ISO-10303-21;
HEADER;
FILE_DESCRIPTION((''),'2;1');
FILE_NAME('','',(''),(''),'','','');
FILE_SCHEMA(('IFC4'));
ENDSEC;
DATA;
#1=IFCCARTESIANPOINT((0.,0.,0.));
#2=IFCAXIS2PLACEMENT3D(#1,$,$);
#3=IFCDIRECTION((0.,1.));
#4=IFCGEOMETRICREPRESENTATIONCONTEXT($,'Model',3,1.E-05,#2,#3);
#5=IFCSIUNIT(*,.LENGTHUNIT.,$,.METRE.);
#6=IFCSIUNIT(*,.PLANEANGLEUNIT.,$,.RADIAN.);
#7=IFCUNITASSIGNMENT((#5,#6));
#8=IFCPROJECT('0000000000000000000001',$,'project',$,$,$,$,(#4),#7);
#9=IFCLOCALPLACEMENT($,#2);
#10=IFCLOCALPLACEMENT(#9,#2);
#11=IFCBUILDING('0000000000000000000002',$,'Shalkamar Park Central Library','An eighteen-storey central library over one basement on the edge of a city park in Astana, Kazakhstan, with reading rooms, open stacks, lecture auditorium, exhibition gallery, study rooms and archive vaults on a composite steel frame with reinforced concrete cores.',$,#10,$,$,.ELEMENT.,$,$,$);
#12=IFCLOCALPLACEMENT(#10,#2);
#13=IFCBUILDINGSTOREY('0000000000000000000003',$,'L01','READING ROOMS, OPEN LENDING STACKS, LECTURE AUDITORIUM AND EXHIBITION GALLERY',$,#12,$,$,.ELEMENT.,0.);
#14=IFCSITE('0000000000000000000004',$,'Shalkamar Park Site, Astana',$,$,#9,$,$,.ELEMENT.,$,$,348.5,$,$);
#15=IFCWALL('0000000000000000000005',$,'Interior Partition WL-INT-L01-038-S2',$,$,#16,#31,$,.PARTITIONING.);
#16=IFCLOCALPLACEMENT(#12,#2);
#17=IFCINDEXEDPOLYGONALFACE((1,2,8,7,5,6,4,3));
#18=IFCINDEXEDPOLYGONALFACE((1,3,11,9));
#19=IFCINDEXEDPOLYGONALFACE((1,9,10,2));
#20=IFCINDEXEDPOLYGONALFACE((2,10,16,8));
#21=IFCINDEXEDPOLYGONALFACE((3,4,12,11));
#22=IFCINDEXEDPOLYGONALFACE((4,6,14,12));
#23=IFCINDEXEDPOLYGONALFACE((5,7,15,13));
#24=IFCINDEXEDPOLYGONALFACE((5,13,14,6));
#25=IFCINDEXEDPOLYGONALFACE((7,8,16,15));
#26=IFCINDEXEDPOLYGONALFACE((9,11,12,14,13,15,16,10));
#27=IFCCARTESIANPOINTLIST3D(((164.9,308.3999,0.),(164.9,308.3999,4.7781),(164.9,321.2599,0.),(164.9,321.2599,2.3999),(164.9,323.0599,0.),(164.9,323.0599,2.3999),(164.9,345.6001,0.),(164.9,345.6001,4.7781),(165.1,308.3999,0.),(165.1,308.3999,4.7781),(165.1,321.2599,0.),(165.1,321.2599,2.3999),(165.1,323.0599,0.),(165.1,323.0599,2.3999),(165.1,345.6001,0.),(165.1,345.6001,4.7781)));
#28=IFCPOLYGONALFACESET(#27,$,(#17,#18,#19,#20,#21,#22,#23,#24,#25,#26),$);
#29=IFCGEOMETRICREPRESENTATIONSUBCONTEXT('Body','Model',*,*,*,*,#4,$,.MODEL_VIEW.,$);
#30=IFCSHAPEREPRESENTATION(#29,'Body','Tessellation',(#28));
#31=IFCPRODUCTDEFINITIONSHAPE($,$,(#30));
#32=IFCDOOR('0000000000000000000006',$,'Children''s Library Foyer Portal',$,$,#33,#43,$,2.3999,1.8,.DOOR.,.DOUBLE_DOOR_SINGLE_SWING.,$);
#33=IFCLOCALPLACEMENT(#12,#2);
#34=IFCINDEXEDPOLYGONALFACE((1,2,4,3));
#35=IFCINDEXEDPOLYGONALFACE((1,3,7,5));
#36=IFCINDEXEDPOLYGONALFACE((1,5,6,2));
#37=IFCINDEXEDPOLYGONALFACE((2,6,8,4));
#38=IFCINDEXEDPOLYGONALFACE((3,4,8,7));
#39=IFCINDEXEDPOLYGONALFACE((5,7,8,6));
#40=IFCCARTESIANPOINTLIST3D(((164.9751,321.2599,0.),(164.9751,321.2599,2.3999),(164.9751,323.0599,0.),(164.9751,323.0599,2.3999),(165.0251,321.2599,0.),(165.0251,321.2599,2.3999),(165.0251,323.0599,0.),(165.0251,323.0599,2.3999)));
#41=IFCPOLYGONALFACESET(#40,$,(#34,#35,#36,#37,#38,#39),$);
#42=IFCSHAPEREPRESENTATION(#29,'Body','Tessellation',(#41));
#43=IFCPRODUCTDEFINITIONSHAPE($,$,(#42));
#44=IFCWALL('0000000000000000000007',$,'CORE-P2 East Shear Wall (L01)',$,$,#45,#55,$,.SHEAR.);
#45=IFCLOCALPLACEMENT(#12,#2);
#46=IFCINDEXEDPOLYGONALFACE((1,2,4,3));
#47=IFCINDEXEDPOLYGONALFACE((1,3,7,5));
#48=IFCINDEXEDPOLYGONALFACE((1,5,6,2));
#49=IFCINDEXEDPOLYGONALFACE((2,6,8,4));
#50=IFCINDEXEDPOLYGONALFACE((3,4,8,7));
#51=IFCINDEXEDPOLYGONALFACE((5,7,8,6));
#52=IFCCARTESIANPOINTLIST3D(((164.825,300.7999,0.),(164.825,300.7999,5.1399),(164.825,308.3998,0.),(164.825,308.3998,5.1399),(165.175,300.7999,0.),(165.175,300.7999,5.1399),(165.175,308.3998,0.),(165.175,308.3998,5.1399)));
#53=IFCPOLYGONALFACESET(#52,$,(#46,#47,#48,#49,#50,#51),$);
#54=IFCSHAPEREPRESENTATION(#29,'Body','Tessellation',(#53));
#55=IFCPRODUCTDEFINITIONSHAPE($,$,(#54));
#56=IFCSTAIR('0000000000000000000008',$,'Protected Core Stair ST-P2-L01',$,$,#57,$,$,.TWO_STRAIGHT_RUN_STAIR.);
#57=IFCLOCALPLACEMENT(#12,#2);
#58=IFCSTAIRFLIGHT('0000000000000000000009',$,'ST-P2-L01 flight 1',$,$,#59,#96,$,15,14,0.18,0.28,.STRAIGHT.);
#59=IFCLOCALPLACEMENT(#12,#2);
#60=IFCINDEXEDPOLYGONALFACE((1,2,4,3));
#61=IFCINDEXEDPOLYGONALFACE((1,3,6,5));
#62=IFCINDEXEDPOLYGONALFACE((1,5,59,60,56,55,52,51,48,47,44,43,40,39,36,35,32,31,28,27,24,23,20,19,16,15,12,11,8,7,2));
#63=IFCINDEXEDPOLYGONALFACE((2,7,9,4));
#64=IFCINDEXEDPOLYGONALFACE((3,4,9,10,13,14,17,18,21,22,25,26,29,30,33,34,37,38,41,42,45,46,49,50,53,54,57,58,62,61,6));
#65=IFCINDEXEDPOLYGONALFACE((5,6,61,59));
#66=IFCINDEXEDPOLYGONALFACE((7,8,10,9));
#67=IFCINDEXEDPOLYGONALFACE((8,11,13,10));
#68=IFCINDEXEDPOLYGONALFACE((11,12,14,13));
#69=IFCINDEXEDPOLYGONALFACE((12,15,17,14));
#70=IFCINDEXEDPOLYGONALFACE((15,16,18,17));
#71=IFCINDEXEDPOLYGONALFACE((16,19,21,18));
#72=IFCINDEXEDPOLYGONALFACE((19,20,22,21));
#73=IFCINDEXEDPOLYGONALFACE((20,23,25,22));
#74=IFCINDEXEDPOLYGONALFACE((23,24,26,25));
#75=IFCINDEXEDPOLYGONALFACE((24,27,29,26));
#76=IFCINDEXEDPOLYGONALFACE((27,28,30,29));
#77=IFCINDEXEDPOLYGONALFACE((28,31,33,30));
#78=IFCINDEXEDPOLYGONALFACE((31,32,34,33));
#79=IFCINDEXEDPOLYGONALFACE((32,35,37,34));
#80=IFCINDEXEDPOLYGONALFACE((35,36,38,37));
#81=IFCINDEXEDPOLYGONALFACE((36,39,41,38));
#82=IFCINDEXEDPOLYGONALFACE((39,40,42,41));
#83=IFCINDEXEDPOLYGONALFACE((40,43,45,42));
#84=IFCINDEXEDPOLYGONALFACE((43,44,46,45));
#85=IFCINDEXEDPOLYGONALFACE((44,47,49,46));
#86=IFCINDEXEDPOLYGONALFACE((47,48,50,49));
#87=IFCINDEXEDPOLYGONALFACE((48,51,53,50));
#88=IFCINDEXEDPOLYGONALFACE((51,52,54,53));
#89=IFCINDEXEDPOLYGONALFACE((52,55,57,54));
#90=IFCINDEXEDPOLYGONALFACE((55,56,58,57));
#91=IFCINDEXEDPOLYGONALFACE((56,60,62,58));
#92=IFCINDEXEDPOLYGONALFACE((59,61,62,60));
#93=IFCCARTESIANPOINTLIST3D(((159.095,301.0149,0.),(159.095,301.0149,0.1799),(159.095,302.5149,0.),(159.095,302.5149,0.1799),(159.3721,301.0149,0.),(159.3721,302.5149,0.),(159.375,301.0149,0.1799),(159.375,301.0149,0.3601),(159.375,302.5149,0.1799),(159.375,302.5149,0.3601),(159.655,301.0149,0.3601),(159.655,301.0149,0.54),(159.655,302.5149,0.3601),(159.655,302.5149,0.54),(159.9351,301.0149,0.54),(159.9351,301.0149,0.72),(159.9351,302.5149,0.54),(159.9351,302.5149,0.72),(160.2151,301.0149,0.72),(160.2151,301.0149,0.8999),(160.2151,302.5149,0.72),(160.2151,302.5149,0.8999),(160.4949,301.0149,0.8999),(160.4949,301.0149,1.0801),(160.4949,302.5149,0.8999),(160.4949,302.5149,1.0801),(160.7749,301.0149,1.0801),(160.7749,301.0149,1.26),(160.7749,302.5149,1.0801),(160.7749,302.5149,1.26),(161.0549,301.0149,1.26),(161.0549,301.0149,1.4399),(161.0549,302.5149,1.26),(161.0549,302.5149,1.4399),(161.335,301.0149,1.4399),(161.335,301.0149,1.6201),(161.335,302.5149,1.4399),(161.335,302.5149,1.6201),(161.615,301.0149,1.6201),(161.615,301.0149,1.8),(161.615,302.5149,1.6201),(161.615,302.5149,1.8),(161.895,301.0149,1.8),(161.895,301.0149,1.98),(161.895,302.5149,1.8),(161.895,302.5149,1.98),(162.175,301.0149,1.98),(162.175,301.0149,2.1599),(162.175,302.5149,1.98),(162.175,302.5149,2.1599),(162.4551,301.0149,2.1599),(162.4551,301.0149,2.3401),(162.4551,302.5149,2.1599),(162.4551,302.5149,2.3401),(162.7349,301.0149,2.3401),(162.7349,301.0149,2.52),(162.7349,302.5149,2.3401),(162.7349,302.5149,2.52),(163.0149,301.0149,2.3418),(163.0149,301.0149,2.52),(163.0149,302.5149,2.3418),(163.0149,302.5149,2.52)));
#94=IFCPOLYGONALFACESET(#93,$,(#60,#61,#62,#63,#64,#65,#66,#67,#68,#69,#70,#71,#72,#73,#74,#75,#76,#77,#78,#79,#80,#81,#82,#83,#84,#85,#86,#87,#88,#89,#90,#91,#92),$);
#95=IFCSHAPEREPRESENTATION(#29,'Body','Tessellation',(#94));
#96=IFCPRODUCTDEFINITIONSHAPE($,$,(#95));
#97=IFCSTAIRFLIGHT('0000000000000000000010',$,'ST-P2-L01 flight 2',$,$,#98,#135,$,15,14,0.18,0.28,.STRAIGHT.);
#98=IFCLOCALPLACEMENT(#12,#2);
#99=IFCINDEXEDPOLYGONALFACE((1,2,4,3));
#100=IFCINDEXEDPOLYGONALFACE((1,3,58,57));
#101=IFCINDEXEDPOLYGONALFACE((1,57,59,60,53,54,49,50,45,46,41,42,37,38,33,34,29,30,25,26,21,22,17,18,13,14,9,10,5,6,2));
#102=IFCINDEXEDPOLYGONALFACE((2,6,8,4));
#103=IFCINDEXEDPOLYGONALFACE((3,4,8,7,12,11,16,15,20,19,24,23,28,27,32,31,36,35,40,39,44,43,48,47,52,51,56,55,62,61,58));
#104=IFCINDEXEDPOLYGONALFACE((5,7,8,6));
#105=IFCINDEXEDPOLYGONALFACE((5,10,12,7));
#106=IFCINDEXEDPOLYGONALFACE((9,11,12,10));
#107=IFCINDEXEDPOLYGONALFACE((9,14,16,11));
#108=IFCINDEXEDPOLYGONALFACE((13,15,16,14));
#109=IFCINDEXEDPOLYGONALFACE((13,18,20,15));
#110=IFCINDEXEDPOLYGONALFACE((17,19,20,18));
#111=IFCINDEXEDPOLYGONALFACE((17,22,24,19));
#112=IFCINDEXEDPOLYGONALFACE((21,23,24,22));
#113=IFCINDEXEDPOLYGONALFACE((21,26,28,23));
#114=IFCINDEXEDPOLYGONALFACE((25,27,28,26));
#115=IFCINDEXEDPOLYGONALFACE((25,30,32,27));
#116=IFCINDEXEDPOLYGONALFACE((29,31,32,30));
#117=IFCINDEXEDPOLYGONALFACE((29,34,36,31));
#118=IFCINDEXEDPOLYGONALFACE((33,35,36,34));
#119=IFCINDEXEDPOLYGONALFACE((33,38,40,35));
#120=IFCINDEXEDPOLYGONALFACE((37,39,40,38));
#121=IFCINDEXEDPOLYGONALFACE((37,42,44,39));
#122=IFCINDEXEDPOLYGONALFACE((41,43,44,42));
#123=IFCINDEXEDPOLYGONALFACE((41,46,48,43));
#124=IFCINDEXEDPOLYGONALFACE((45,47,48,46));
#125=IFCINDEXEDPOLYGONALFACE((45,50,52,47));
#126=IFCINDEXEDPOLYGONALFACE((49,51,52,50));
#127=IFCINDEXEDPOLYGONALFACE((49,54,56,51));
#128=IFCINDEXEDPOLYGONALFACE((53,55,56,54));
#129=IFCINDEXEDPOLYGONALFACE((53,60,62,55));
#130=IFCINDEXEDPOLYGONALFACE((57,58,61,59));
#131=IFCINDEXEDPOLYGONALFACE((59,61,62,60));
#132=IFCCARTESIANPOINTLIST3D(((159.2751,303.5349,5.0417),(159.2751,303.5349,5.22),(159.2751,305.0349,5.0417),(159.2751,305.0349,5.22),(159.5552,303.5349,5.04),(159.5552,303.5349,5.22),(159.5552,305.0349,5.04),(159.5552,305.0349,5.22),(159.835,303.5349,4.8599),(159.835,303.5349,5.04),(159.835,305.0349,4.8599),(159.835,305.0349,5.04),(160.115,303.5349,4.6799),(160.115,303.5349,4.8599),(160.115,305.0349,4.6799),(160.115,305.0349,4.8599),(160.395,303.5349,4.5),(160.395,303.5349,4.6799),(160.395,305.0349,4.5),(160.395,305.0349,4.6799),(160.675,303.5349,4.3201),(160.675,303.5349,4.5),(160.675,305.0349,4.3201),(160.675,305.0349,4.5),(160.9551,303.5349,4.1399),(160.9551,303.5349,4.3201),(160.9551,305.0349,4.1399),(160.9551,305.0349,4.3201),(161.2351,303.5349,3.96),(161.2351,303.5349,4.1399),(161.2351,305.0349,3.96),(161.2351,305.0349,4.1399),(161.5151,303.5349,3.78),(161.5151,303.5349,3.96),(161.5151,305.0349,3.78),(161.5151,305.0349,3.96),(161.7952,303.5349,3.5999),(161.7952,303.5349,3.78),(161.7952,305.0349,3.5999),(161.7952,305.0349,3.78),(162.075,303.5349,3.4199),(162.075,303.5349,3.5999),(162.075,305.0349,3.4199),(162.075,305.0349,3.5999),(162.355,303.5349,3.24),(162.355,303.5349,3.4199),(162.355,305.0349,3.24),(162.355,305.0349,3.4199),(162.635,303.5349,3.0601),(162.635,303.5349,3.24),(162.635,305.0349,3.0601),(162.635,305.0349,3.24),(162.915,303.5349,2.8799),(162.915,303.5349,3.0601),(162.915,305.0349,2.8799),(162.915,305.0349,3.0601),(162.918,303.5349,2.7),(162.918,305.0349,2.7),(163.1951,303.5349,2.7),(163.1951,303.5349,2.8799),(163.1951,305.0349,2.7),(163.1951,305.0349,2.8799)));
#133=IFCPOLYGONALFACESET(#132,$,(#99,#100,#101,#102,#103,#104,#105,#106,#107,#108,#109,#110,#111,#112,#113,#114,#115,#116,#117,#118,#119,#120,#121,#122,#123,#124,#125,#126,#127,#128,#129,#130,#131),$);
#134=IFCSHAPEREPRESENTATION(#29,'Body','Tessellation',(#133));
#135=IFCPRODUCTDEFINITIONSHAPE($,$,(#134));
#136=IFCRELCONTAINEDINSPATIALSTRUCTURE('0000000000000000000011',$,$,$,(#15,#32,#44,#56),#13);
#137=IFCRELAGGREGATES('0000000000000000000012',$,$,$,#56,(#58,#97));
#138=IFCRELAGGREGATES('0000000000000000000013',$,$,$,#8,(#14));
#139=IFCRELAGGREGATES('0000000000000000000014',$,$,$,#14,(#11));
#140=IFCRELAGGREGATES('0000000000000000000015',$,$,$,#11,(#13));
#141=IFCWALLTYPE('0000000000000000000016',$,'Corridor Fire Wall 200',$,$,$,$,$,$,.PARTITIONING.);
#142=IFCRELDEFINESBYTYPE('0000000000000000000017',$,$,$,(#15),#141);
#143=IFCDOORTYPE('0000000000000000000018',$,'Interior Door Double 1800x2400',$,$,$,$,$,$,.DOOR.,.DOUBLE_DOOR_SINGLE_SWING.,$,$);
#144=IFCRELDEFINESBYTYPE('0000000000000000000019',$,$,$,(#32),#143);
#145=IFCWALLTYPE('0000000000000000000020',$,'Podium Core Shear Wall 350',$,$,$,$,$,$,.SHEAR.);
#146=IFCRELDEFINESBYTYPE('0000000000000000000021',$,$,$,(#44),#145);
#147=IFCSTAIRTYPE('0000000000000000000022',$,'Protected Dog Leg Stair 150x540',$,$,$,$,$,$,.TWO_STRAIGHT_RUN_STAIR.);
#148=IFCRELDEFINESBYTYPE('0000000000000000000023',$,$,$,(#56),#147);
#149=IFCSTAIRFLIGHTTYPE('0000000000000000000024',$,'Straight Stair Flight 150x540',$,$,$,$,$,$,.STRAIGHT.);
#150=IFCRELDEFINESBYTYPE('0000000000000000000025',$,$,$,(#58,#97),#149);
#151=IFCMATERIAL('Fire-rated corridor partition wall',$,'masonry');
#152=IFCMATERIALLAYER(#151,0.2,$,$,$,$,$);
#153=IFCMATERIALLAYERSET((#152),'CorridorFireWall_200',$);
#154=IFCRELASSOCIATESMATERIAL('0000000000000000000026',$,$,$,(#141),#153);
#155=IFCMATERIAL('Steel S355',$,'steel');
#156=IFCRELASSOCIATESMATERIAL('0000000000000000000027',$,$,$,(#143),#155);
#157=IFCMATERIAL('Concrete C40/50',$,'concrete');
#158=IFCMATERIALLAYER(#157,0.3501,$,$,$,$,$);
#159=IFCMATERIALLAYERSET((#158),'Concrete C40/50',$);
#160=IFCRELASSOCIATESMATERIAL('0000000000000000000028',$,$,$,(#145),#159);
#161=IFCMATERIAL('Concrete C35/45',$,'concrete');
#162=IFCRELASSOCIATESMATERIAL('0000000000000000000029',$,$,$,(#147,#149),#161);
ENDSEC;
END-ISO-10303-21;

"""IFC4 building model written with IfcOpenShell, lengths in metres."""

from ifc_helpers import new_model, si_unit, direction, frame, frame_2d, origin, place, context, subcontext, project, spatial, polyline, rectangle, outline, extrude, material, layer, layer_set, type_object, element, fill, aggregate, save


model = new_model("IFC4")

# Units and contexts
model_context = context("Model", 3, precision=1e-05, world=origin(), true_north=direction((0.0, 1.0)))
body_context = subcontext(model_context, "Body", "Model", "MODEL_VIEW")
ifc_project = project(units=[si_unit("LENGTHUNIT", "METRE"), si_unit("PLANEANGLEUNIT", "RADIAN")], contexts=[model_context])

# Site, building, storey
site_placement = place(None, origin())
site = spatial("IfcSite", under=ifc_project, at=site_placement, Name="Shalkamar Park Site, Astana", CompositionType="ELEMENT", RefElevation=348.5)
building_placement = place(site_placement, origin())
building = spatial("IfcBuilding", under=site, at=building_placement, Name="Shalkamar Park Central Library", Description="An eighteen-storey central library over one basement on the edge of a city park in Astana, Kazakhstan, with reading rooms, open stacks, lecture auditorium, exhibition gallery, study rooms and archive vaults on a composite steel frame with reinforced concrete cores.", CompositionType="ELEMENT")
storey_placement = place(building_placement, origin())
storey = spatial("IfcBuildingStorey", under=building, at=storey_placement, Name="L01", Description="READING ROOMS, OPEN LENDING STACKS, LECTURE AUDITORIUM AND EXHIBITION GALLERY", CompositionType="ELEMENT", Elevation=0.0)

# Shared definitions
ifc_material_1 = material(Name="Steel S355", Category="steel")

# Wall, opening, door
ifc_material_2 = material(Name="Fire-rated corridor partition wall", Category="masonry")
ifc_layer_1 = layer(ifc_material_2, 0.2)
ifc_layer_set_1 = layer_set([ifc_layer_1], Name="CorridorFireWall_200")
wall_type_1 = type_object("IfcWallType", Name="Corridor Fire Wall 200", PredefinedType="PARTITIONING", material=ifc_layer_set_1)
wall_1_placement = place(storey_placement, frame((165.0, 308.3999, 0.0), z_axis=(0.0, 0.0, 1.0), x_axis=(0.0, 1.0, 0.0)))
wall_1 = element("IfcWall", 1, at=wall_1_placement, inside=storey, type_object=wall_type_1, Name="Interior Partition WL-INT-L01-038-S2", PredefinedType="PARTITIONING", context=body_context, shape_type="SweptSolid", body=[
    extrude(rectangle(XDim=37.2002, YDim=0.2, at=frame_2d((18.6001, 0.0))), origin(), (0.0, 0.0, 1.0), 4.7781),
])
opening_placement = place(wall_1_placement, frame((12.8601, 0.0, 0.0)))
opening = element("IfcOpeningElement", 2, at=opening_placement, cuts=wall_1, PredefinedType="OPENING", context=body_context, shape_type="SweptSolid", body=[
    extrude(rectangle(XDim=1.8, YDim=2.3999, at=frame_2d((0.8999, 1.2))), frame((0.0, 0.1147, 0.0), z_axis=(0.0, -1.0, 0.0), x_axis=(1.0, 0.0, 0.0)), (0.0, 0.0, 1.0), 0.2297),
])
door_type = type_object("IfcDoorType", Name="Interior Door Double 1800x2400", OperationType="DOUBLE_DOOR_SINGLE_SWING", PredefinedType="DOOR", material=ifc_material_1)
door_placement = place(opening_placement, origin())
door = element("IfcDoor", 3, at=door_placement, inside=storey, type_object=door_type, Name="Children's Library Foyer Portal", OperationType="DOUBLE_DOOR_SINGLE_SWING", OverallHeight=2.3999, OverallWidth=1.8, PredefinedType="DOOR", context=body_context, shape_type="SweptSolid", body=[
    extrude(rectangle(XDim=1.8, YDim=2.3999, at=frame_2d((0.8999, 1.2))), frame((0.0, 0.0249, 0.0), z_axis=(0.0, -1.0, 0.0), x_axis=(1.0, 0.0, 0.0)), (0.0, 0.0, 1.0), 0.05),
])
fill(opening, door)

# Wall
ifc_material_3 = material(Name="Concrete C40/50", Category="concrete")
ifc_layer_2 = layer(ifc_material_3, 0.3501)
ifc_layer_set_2 = layer_set([ifc_layer_2], Name="Concrete C40/50")
wall_type_2 = type_object("IfcWallType", Name="Podium Core Shear Wall 350", PredefinedType="SHEAR", material=ifc_layer_set_2)
wall_2_placement = place(storey_placement, frame((165.0, 300.8, 0.0), z_axis=(0.0, 0.0, 1.0), x_axis=(0.0, 1.0, 0.0)))
element("IfcWall", 4, at=wall_2_placement, inside=storey, type_object=wall_type_2, Name="CORE-P2 East Shear Wall (L01)", PredefinedType="SHEAR", context=body_context, shape_type="SweptSolid", body=[
    extrude(rectangle(XDim=7.5999, YDim=0.3501, at=frame_2d((3.7998, 0.0))), origin(), (0.0, 0.0, 1.0), 5.1399),
])

# Stair, stair flights
ifc_material_4 = material(Name="Concrete C35/45", Category="concrete")
stair_type = type_object("IfcStairType", Name="Protected Dog Leg Stair 150x540", PredefinedType="TWO_STRAIGHT_RUN_STAIR", material=ifc_material_4)
stair_placement = place(storey_placement, origin())
stair = element("IfcStair", 5, at=stair_placement, inside=storey, type_object=stair_type, Name="Protected Core Stair ST-P2-L01", PredefinedType="TWO_STRAIGHT_RUN_STAIR")
stair_flight_type = type_object("IfcStairFlightType", Name="Straight Stair Flight 150x540", PredefinedType="STRAIGHT", material=ifc_material_4)
stair_flight_1_placement = place(storey_placement, frame((159.095, 301.7649, 0.0), z_axis=(0.0, 0.0, 1.0), x_axis=(1.0, 0.0, 0.0)))
stair_flight_1 = element("IfcStairFlight", 6, at=stair_flight_1_placement, type_object=stair_flight_type, Name="ST-P2-L01 flight 1", NumberOfRisers=15, NumberOfTreads=14, PredefinedType="STRAIGHT", RiserHeight=0.18, TreadLength=0.28, context=body_context, shape_type="SweptSolid", body=[
    extrude(outline(polyline([(0.0, 0.0), (0.0, 0.1799), (0.28, 0.1799), (0.28, 0.3601), (0.5601, 0.3601), (0.5601, 0.54), (0.8401, 0.54), (0.8401, 0.72), (1.1201, 0.72), (1.1201, 0.8999), (1.3999, 0.8999), (1.3999, 1.0801), (1.6799, 1.0801), (1.6799, 1.26), (1.96, 1.26), (1.96, 1.4399), (2.24, 1.4399), (2.24, 1.6201), (2.52, 1.6201), (2.52, 1.8), (2.8, 1.8), (2.8, 1.98), (3.0801, 1.98), (3.0801, 2.1599), (3.3601, 2.1599), (3.3601, 2.3401), (3.6399, 2.3401), (3.6399, 2.52), (3.9199, 2.52), (3.9199, 2.7), (3.9199, 2.3418), (0.2771, 0.0), (0.0, 0.0)])), frame((0.0, 0.75, 0.0), z_axis=(0.0, -1.0, 0.0), x_axis=(1.0, 0.0, 0.0)), (0.0, 0.0, 1.0), 1.5),
])
stair_flight_2_placement = place(storey_placement, frame((163.1951, 304.2849, 2.7), z_axis=(0.0, 0.0, 1.0), x_axis=(-1.0, 0.0, 0.0)))
stair_flight_2 = element("IfcStairFlight", 7, at=stair_flight_2_placement, type_object=stair_flight_type, Name="ST-P2-L01 flight 2", NumberOfRisers=15, NumberOfTreads=14, PredefinedType="STRAIGHT", RiserHeight=0.18, TreadLength=0.28, context=body_context, shape_type="SweptSolid", body=[
    extrude(outline(polyline([(0.0, 0.0), (0.0, 0.1799), (0.28, 0.1799), (0.28, 0.3601), (0.5601, 0.3601), (0.5601, 0.54), (0.8401, 0.54), (0.8401, 0.72), (1.1201, 0.72), (1.1201, 0.8999), (1.3999, 0.8999), (1.3999, 1.0801), (1.6799, 1.0801), (1.6799, 1.26), (1.96, 1.26), (1.96, 1.4399), (2.24, 1.4399), (2.24, 1.6201), (2.52, 1.6201), (2.52, 1.8), (2.8, 1.8), (2.8, 1.98), (3.0801, 1.98), (3.0801, 2.1599), (3.3601, 2.1599), (3.3601, 2.3401), (3.6399, 2.3401), (3.6399, 2.52), (3.9199, 2.52), (3.9199, 2.7), (3.9199, 2.3418), (0.2771, 0.0), (0.0, 0.0)])), frame((0.0, 0.75, 0.0), z_axis=(0.0, -1.0, 0.0), x_axis=(1.0, 0.0, 0.0)), (0.0, 0.0, 1.0), 1.5),
])
aggregate(stair, [stair_flight_1, stair_flight_2])

save(model, "model.ifc")
